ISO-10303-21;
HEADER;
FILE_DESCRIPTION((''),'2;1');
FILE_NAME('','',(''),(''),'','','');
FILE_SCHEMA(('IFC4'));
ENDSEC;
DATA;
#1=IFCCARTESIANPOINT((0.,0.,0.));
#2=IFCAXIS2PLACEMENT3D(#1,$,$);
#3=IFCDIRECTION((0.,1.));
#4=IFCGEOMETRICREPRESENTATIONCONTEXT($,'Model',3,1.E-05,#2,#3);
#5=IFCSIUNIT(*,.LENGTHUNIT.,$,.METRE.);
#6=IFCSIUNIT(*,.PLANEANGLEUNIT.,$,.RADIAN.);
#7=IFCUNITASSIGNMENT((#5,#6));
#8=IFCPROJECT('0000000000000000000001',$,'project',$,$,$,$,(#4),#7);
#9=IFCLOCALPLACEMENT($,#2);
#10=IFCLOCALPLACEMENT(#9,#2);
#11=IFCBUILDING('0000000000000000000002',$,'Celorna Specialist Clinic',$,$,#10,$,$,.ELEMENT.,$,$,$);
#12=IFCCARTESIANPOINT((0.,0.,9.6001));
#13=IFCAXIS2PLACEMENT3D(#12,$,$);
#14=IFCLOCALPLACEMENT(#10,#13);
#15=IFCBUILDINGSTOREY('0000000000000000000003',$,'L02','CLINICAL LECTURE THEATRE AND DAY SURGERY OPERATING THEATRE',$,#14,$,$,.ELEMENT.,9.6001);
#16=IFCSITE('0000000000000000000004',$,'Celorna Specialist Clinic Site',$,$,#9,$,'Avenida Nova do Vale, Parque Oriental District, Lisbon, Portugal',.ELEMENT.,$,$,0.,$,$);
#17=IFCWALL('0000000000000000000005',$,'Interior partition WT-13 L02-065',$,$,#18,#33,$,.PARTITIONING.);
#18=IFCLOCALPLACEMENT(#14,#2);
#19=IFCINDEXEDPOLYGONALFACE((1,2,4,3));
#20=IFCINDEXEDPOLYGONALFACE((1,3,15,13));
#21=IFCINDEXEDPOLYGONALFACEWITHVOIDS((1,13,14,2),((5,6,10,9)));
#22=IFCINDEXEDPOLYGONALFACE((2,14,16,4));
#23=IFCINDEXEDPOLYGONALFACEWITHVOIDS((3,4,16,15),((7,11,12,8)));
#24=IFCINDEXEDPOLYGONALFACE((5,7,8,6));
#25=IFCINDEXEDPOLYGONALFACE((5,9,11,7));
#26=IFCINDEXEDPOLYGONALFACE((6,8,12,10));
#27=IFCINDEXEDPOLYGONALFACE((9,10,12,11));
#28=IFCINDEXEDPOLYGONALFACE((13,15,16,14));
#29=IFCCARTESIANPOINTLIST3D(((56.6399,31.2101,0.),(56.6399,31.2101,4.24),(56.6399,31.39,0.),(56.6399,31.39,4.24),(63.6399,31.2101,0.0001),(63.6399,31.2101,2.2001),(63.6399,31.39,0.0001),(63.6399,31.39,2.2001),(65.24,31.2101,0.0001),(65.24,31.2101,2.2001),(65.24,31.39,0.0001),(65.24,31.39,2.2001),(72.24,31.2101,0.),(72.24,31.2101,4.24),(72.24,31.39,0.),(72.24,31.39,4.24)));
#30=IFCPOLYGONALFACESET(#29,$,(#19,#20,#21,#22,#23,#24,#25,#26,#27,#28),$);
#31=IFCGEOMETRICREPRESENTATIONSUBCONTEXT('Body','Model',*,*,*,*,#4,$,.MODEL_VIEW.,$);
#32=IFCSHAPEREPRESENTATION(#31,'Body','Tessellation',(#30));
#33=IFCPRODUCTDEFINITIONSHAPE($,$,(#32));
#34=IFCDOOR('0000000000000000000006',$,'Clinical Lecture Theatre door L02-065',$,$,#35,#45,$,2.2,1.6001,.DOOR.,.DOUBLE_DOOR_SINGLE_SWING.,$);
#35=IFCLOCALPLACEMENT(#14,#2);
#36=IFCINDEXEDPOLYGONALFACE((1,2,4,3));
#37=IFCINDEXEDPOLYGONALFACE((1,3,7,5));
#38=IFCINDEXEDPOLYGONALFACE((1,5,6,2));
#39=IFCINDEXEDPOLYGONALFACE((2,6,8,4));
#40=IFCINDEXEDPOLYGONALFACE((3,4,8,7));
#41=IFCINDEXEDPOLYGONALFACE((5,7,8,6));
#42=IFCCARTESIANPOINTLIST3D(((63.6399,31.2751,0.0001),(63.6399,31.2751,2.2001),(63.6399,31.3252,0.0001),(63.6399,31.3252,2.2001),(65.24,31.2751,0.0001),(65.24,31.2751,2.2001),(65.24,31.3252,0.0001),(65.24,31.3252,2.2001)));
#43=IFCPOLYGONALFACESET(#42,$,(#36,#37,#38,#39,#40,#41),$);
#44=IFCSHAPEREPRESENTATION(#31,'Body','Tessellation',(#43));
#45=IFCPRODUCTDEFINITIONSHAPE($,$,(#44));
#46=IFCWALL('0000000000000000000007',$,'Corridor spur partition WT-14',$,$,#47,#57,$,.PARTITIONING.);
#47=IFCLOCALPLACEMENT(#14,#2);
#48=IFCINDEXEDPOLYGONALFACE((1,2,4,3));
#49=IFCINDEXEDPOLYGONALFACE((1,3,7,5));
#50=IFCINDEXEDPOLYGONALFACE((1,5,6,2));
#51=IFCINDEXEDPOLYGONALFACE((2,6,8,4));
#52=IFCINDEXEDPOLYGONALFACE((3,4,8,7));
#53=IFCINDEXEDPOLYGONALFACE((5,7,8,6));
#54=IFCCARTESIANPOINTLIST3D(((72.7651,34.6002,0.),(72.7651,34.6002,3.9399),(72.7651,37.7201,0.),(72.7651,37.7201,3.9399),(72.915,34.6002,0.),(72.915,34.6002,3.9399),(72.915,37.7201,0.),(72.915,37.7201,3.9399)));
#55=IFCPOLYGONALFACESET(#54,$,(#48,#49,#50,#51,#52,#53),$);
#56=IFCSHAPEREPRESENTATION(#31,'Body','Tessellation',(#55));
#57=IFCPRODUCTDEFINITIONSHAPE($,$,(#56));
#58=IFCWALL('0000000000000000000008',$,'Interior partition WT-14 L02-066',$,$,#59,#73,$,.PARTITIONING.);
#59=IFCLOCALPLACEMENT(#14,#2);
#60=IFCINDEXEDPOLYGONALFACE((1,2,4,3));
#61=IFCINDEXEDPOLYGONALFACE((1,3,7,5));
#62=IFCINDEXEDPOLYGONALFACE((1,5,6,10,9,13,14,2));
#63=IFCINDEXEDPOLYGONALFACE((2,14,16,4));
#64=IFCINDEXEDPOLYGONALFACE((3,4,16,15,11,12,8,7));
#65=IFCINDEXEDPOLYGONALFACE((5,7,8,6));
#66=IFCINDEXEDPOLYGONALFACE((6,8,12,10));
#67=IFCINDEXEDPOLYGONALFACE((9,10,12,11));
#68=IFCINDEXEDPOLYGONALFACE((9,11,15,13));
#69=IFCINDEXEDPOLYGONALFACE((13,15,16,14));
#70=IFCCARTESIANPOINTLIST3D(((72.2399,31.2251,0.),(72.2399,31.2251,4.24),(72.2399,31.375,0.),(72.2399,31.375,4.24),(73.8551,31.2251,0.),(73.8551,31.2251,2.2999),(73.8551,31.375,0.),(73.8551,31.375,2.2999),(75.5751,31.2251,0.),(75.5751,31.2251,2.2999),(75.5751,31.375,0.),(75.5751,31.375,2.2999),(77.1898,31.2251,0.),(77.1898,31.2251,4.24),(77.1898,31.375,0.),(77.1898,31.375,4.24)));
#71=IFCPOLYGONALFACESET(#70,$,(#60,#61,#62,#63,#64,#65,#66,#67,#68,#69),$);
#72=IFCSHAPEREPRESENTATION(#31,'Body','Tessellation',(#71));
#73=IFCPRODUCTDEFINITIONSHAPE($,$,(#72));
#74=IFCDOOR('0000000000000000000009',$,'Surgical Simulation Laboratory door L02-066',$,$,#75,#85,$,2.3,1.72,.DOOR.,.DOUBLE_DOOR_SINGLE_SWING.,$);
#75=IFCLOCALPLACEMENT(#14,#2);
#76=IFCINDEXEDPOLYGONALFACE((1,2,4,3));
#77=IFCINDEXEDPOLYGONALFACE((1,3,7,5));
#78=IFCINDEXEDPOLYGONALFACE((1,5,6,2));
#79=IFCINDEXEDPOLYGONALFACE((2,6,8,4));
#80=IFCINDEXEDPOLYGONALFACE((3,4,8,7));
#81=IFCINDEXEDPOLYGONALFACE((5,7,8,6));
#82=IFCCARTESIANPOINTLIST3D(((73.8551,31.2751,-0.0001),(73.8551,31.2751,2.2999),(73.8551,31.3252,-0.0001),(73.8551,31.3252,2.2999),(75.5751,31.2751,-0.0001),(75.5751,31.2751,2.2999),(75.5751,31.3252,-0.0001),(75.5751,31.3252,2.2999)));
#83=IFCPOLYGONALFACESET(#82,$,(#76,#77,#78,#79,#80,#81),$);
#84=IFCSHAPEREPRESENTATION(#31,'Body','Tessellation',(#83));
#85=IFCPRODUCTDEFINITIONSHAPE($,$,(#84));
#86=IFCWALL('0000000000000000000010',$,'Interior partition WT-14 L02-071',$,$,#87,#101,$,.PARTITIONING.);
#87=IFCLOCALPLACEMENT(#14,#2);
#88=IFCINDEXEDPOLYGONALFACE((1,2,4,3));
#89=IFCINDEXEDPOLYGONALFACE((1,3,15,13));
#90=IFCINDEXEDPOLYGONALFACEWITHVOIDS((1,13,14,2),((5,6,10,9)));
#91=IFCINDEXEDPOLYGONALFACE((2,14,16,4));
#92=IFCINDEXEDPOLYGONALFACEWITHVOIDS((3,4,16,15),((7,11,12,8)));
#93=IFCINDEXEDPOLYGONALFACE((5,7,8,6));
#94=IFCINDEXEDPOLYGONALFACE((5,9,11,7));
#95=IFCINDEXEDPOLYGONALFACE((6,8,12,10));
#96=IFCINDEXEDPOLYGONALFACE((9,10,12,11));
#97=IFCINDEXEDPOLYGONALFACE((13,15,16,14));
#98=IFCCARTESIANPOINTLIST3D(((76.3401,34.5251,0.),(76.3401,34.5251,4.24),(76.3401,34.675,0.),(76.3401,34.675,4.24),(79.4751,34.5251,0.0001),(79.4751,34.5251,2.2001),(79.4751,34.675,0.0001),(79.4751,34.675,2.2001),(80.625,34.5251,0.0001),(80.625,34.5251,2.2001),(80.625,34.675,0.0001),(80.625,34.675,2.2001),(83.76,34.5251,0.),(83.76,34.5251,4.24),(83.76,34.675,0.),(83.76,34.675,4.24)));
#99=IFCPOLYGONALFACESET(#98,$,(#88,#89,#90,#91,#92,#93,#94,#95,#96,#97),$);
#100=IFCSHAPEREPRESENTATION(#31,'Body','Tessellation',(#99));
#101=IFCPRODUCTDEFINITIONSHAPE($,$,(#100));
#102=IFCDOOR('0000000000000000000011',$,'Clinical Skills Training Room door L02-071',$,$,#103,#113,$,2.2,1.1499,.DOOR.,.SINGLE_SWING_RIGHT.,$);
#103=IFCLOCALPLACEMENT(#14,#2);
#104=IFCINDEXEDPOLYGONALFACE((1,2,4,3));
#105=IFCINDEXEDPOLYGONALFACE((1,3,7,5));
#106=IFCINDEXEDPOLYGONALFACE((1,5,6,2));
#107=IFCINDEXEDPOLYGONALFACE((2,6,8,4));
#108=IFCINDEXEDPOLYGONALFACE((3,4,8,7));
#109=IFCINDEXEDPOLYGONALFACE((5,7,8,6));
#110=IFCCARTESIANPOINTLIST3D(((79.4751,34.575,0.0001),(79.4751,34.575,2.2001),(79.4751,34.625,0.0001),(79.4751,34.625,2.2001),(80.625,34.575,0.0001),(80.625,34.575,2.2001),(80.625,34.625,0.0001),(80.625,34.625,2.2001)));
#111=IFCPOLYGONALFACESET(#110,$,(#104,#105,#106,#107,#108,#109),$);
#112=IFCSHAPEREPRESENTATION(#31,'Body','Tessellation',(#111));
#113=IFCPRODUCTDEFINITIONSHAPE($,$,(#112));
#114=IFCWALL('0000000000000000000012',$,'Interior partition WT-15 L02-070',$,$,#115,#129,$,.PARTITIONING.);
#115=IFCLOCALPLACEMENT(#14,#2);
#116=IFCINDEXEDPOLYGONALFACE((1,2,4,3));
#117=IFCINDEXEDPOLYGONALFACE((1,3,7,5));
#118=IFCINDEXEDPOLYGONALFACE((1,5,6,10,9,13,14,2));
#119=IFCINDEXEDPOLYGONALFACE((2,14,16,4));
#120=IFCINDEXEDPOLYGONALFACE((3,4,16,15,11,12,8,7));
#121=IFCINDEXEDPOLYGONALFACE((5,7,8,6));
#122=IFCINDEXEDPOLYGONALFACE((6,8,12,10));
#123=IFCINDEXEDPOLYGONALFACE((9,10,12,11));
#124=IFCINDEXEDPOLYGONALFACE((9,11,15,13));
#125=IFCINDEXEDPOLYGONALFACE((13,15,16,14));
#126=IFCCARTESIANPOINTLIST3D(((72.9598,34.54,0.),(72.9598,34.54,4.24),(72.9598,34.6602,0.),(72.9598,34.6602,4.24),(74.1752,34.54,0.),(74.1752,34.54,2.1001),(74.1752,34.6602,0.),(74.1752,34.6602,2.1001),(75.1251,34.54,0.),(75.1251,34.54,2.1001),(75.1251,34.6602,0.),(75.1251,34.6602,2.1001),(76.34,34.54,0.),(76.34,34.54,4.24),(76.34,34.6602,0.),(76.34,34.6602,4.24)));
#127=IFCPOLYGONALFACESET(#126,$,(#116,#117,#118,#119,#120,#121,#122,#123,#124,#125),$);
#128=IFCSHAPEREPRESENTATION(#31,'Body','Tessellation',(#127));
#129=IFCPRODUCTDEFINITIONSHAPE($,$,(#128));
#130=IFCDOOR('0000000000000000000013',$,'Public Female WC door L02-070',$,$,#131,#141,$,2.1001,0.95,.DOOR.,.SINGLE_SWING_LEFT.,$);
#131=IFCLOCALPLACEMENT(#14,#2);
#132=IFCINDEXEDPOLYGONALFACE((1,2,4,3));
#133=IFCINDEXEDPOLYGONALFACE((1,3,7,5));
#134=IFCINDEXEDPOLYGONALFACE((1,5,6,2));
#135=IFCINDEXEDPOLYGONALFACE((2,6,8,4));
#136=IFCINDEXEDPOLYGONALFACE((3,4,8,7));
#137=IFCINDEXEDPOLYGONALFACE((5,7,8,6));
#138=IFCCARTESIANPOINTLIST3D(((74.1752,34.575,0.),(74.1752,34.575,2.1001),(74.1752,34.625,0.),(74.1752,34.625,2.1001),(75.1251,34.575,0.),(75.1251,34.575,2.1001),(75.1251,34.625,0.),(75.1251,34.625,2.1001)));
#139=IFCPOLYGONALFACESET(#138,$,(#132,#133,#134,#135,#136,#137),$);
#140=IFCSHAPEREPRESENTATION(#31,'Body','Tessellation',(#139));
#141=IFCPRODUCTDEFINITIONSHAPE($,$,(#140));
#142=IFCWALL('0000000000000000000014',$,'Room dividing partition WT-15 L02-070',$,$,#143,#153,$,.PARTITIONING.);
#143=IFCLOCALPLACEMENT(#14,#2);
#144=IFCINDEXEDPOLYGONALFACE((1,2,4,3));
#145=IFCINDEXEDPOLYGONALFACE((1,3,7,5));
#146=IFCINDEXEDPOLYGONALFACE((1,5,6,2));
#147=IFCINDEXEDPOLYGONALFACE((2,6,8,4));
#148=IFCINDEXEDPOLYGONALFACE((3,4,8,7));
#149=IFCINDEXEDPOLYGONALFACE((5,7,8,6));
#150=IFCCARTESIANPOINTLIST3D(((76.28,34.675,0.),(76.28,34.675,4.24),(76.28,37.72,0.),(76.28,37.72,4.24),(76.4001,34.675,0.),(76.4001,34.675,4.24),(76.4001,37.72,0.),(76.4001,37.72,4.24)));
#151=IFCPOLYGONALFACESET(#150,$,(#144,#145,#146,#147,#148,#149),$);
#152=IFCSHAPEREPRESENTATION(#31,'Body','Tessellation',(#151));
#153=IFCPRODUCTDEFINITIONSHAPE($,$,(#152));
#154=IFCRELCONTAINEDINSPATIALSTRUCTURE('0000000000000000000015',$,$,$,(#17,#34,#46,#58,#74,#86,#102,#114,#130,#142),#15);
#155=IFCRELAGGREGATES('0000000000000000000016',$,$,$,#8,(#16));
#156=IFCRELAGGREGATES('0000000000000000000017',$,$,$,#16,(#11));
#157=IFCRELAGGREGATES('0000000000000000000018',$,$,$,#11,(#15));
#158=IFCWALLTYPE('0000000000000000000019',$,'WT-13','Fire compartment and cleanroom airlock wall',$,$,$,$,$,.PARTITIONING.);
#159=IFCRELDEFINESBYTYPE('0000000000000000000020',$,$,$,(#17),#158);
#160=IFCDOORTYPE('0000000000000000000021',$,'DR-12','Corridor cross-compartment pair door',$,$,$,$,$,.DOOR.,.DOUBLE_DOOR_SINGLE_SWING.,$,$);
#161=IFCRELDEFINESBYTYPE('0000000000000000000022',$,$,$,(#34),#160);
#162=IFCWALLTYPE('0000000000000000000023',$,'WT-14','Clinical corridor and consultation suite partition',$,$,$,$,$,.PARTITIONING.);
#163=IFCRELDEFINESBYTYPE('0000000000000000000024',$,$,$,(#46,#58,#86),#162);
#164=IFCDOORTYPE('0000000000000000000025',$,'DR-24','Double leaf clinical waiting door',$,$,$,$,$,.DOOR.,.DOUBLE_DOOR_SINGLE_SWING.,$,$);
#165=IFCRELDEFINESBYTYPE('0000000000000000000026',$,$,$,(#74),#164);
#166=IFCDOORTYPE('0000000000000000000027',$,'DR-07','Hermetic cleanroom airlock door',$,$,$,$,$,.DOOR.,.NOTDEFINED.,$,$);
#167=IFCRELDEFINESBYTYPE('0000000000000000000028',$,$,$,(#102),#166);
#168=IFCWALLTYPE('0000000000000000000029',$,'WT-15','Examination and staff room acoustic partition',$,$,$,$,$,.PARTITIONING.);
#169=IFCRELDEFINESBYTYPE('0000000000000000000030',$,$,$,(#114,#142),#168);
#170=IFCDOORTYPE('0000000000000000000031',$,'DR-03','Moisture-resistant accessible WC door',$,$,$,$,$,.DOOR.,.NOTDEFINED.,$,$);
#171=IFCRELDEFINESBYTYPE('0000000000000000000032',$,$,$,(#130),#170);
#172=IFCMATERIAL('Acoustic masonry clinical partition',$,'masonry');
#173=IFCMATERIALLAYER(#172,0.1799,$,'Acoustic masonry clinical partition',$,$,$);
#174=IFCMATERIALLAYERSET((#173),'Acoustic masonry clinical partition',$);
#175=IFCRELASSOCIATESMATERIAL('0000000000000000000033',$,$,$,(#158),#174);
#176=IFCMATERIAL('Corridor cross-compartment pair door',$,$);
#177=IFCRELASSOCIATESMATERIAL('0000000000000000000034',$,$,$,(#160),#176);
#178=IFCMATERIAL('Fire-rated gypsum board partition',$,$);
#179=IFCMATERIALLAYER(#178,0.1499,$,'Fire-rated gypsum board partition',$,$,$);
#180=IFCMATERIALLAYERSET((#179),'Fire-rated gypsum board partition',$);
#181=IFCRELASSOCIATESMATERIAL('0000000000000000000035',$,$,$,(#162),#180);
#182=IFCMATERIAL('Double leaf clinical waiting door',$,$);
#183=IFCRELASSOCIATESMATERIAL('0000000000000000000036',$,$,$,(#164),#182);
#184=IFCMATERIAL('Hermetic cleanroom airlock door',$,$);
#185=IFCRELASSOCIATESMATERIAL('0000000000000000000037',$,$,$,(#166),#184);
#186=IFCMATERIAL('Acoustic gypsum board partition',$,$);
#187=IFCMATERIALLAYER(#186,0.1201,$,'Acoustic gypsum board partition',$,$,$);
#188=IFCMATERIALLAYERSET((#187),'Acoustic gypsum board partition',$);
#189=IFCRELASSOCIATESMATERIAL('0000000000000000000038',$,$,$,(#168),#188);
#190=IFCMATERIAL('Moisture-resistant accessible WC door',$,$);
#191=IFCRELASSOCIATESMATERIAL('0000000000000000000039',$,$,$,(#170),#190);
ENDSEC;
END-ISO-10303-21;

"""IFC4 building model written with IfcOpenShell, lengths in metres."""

from ifc_helpers import new_model, si_unit, direction, frame, frame_2d, origin, place, context, subcontext, project, spatial, rectangle, extrude, material, layer, layer_set, type_object, element, fill, save


model = new_model("IFC4")

# Units and contexts
model_context = context("Model", 3, precision=1e-05, world=origin(), true_north=direction((0.0, 1.0)))
body_context = subcontext(model_context, "Body", "Model", "MODEL_VIEW")
ifc_project = project(units=[si_unit("LENGTHUNIT", "METRE"), si_unit("PLANEANGLEUNIT", "RADIAN")], contexts=[model_context])

# Site, building, storey
site_placement = place(None, origin())
site = spatial("IfcSite", under=ifc_project, at=site_placement, Name="Celorna Specialist Clinic Site", LongName="Avenida Nova do Vale, Parque Oriental District, Lisbon, Portugal", CompositionType="ELEMENT", RefElevation=0.0)
building_placement = place(site_placement, origin())
building = spatial("IfcBuilding", under=site, at=building_placement, Name="Celorna Specialist Clinic", CompositionType="ELEMENT")
storey_placement = place(building_placement, frame((0.0, 0.0, 9.6001)))
storey = spatial("IfcBuildingStorey", under=building, at=storey_placement, Name="L02", Description="CLINICAL LECTURE THEATRE AND DAY SURGERY OPERATING THEATRE", CompositionType="ELEMENT", Elevation=9.6001)

# Wall, opening, door
ifc_material_1 = material(Name="Acoustic masonry clinical partition", Category="masonry")
ifc_layer_1 = layer(ifc_material_1, 0.1799, Name="Acoustic masonry clinical partition")
ifc_layer_set_1 = layer_set([ifc_layer_1], Name="Acoustic masonry clinical partition")
wall_type_1 = type_object("IfcWallType", Name="WT-13", Description="Fire compartment and cleanroom airlock wall", PredefinedType="PARTITIONING", material=ifc_layer_set_1)
wall_1_placement = place(storey_placement, frame((72.24, 31.3, 0.0), z_axis=(0.0, 0.0, 1.0), x_axis=(-1.0, 0.0, 0.0)))
wall_1 = element("IfcWall", 1, at=wall_1_placement, inside=storey, type_object=wall_type_1, Name="Interior partition WT-13 L02-065", PredefinedType="PARTITIONING", context=body_context, shape_type="SweptSolid", body=[
    extrude(rectangle(XDim=15.6001, YDim=0.1799, at=frame_2d((7.8, 0.0))), origin(), (0.0, 0.0, 1.0), 4.24),
])
opening_1_placement = place(wall_1_placement, frame((7.0, 0.0, 0.0)))
opening_1 = element("IfcOpeningElement", 2, at=opening_1_placement, cuts=wall_1, PredefinedType="OPENING", context=body_context, shape_type="SweptSolid", body=[
    extrude(rectangle(XDim=1.6001, YDim=2.2, at=frame_2d((0.8, 1.1001))), frame((0.0, 0.0999, 0.0), z_axis=(0.0, -1.0, 0.0), x_axis=(1.0, 0.0, 0.0)), (0.0, 0.0, 1.0), 0.2),
])
ifc_material_2 = material(Name="Corridor cross-compartment pair door")
door_type_1 = type_object("IfcDoorType", Name="DR-12", Description="Corridor cross-compartment pair door", OperationType="DOUBLE_DOOR_SINGLE_SWING", PredefinedType="DOOR", material=ifc_material_2)
door_1_placement = place(opening_1_placement, origin())
door_1 = element("IfcDoor", 3, at=door_1_placement, inside=storey, type_object=door_type_1, Name="Clinical Lecture Theatre door L02-065", OperationType="DOUBLE_DOOR_SINGLE_SWING", OverallHeight=2.2, OverallWidth=1.6001, PredefinedType="DOOR", context=body_context, shape_type="SweptSolid", body=[
    extrude(rectangle(XDim=1.6001, YDim=2.2, at=frame_2d((0.8, 1.1001))), frame((0.0, 0.0249, 0.0), z_axis=(0.0, -1.0, 0.0), x_axis=(1.0, 0.0, 0.0)), (0.0, 0.0, 1.0), 0.05),
])
fill(opening_1, door_1)

# Wall
ifc_material_3 = material(Name="Fire-rated gypsum board partition")
ifc_layer_2 = layer(ifc_material_3, 0.1499, Name="Fire-rated gypsum board partition")
ifc_layer_set_2 = layer_set([ifc_layer_2], Name="Fire-rated gypsum board partition")
wall_type_2 = type_object("IfcWallType", Name="WT-14", Description="Clinical corridor and consultation suite partition", PredefinedType="PARTITIONING", material=ifc_layer_set_2)
wall_2_placement = place(storey_placement, frame((72.8401, 34.6001, 0.0), z_axis=(0.0, 0.0, 1.0), x_axis=(0.0, 1.0, 0.0)))
element("IfcWall", 4, at=wall_2_placement, inside=storey, type_object=wall_type_2, Name="Corridor spur partition WT-14", PredefinedType="PARTITIONING", context=body_context, shape_type="SweptSolid", body=[
    extrude(rectangle(XDim=3.1199, YDim=0.1499, at=frame_2d((1.5601, 0.0))), origin(), (0.0, 0.0, 1.0), 3.9399),
])

# Walls, openings, doors
wall_3_placement = place(storey_placement, frame((77.1899, 31.3, 0.0), z_axis=(0.0, 0.0, 1.0), x_axis=(-1.0, 0.0, 0.0)))
wall_3 = element("IfcWall", 5, at=wall_3_placement, inside=storey, type_object=wall_type_2, Name="Interior partition WT-14 L02-066", PredefinedType="PARTITIONING", context=body_context, shape_type="SweptSolid", body=[
    extrude(rectangle(XDim=4.95, YDim=0.1499, at=frame_2d((2.4751, 0.0))), origin(), (0.0, 0.0, 1.0), 4.24),
])
opening_2_placement = place(wall_3_placement, frame((1.615, 0.0, 0.0)))
opening_2 = element("IfcOpeningElement", 6, at=opening_2_placement, cuts=wall_3, PredefinedType="OPENING", context=body_context, shape_type="SweptSolid", body=[
    extrude(rectangle(XDim=1.72, YDim=2.3, at=frame_2d((0.8599, 1.1499))), frame((0.0, 0.085, 0.0), z_axis=(0.0, -1.0, 0.0), x_axis=(1.0, 0.0, 0.0)), (0.0, 0.0, 1.0), 0.1699),
])
ifc_material_4 = material(Name="Double leaf clinical waiting door")
door_type_2 = type_object("IfcDoorType", Name="DR-24", Description="Double leaf clinical waiting door", OperationType="DOUBLE_DOOR_SINGLE_SWING", PredefinedType="DOOR", material=ifc_material_4)
door_2_placement = place(opening_2_placement, origin())
door_2 = element("IfcDoor", 7, at=door_2_placement, inside=storey, type_object=door_type_2, Name="Surgical Simulation Laboratory door L02-066", OperationType="DOUBLE_DOOR_SINGLE_SWING", OverallHeight=2.3, OverallWidth=1.72, PredefinedType="DOOR", context=body_context, shape_type="SweptSolid", body=[
    extrude(rectangle(XDim=1.72, YDim=2.3, at=frame_2d((0.8599, 1.1499))), frame((0.0, 0.0249, 0.0), z_axis=(0.0, -1.0, 0.0), x_axis=(1.0, 0.0, 0.0)), (0.0, 0.0, 1.0), 0.05),
])
fill(opening_2, door_2)
wall_4_placement = place(storey_placement, frame((76.3401, 34.6001, 0.0), z_axis=(0.0, 0.0, 1.0), x_axis=(1.0, 0.0, 0.0)))
wall_4 = element("IfcWall", 8, at=wall_4_placement, inside=storey, type_object=wall_type_2, Name="Interior partition WT-14 L02-071", PredefinedType="PARTITIONING", context=body_context, shape_type="SweptSolid", body=[
    extrude(rectangle(XDim=7.4199, YDim=0.1499, at=frame_2d((3.71, 0.0))), origin(), (0.0, 0.0, 1.0), 4.24),
])
opening_3_placement = place(wall_4_placement, frame((3.135, 0.0, 0.0)))
opening_3 = element("IfcOpeningElement", 9, at=opening_3_placement, cuts=wall_4, PredefinedType="OPENING", context=body_context, shape_type="SweptSolid", body=[
    extrude(rectangle(XDim=1.1499, YDim=2.2, at=frame_2d((0.575, 1.1001))), frame((0.0, 0.085, 0.0), z_axis=(0.0, -1.0, 0.0), x_axis=(1.0, 0.0, 0.0)), (0.0, 0.0, 1.0), 0.1699),
])
ifc_material_5 = material(Name="Hermetic cleanroom airlock door")
door_type_3 = type_object("IfcDoorType", Name="DR-07", Description="Hermetic cleanroom airlock door", OperationType="NOTDEFINED", PredefinedType="DOOR", material=ifc_material_5)
door_3_placement = place(opening_3_placement, origin())
door_3 = element("IfcDoor", 10, at=door_3_placement, inside=storey, type_object=door_type_3, Name="Clinical Skills Training Room door L02-071", OperationType="SINGLE_SWING_RIGHT", OverallHeight=2.2, OverallWidth=1.1499, PredefinedType="DOOR", context=body_context, shape_type="SweptSolid", body=[
    extrude(rectangle(XDim=1.1499, YDim=2.2, at=frame_2d((0.575, 1.1001))), frame((0.0, 0.0249, 0.0), z_axis=(0.0, -1.0, 0.0), x_axis=(1.0, 0.0, 0.0)), (0.0, 0.0, 1.0), 0.05),
])
fill(opening_3, door_3)
ifc_material_6 = material(Name="Acoustic gypsum board partition")
ifc_layer_3 = layer(ifc_material_6, 0.1201, Name="Acoustic gypsum board partition")
ifc_layer_set_3 = layer_set([ifc_layer_3], Name="Acoustic gypsum board partition")
wall_type_3 = type_object("IfcWallType", Name="WT-15", Description="Examination and staff room acoustic partition", PredefinedType="PARTITIONING", material=ifc_layer_set_3)
wall_5_placement = place(storey_placement, frame((72.96, 34.6001, 0.0), z_axis=(0.0, 0.0, 1.0), x_axis=(1.0, 0.0, 0.0)))
wall_5 = element("IfcWall", 11, at=wall_5_placement, inside=storey, type_object=wall_type_3, Name="Interior partition WT-15 L02-070", PredefinedType="PARTITIONING", context=body_context, shape_type="SweptSolid", body=[
    extrude(rectangle(XDim=3.3801, YDim=0.1201, at=frame_2d((1.6899, 0.0))), origin(), (0.0, 0.0, 1.0), 4.24),
])
opening_4_placement = place(wall_5_placement, frame((1.2151, 0.0, 0.0)))
opening_4 = element("IfcOpeningElement", 12, at=opening_4_placement, cuts=wall_5, PredefinedType="OPENING", context=body_context, shape_type="SweptSolid", body=[
    extrude(rectangle(XDim=0.95, YDim=2.1001, at=frame_2d((0.4751, 1.05))), frame((0.0, 0.0701, 0.0), z_axis=(0.0, -1.0, 0.0), x_axis=(1.0, 0.0, 0.0)), (0.0, 0.0, 1.0), 0.1401),
])
ifc_material_7 = material(Name="Moisture-resistant accessible WC door")
door_type_4 = type_object("IfcDoorType", Name="DR-03", Description="Moisture-resistant accessible WC door", OperationType="NOTDEFINED", PredefinedType="DOOR", material=ifc_material_7)
door_4_placement = place(opening_4_placement, origin())
door_4 = element("IfcDoor", 13, at=door_4_placement, inside=storey, type_object=door_type_4, Name="Public Female WC door L02-070", OperationType="SINGLE_SWING_LEFT", OverallHeight=2.1001, OverallWidth=0.95, PredefinedType="DOOR", context=body_context, shape_type="SweptSolid", body=[
    extrude(rectangle(XDim=0.95, YDim=2.1001, at=frame_2d((0.4751, 1.05))), frame((0.0, 0.0249, 0.0), z_axis=(0.0, -1.0, 0.0), x_axis=(1.0, 0.0, 0.0)), (0.0, 0.0, 1.0), 0.05),
])
fill(opening_4, door_4)

# Wall
wall_6_placement = place(storey_placement, frame((76.3401, 34.675, 0.0), z_axis=(0.0, 0.0, 1.0), x_axis=(0.0, 1.0, 0.0)))
element("IfcWall", 14, at=wall_6_placement, inside=storey, type_object=wall_type_3, Name="Room dividing partition WT-15 L02-070", PredefinedType="PARTITIONING", context=body_context, shape_type="SweptSolid", body=[
    extrude(rectangle(XDim=3.0449, YDim=0.1201, at=frame_2d((1.5225, 0.0))), origin(), (0.0, 0.0, 1.0), 4.24),
])

save(model, "model.ifc")
